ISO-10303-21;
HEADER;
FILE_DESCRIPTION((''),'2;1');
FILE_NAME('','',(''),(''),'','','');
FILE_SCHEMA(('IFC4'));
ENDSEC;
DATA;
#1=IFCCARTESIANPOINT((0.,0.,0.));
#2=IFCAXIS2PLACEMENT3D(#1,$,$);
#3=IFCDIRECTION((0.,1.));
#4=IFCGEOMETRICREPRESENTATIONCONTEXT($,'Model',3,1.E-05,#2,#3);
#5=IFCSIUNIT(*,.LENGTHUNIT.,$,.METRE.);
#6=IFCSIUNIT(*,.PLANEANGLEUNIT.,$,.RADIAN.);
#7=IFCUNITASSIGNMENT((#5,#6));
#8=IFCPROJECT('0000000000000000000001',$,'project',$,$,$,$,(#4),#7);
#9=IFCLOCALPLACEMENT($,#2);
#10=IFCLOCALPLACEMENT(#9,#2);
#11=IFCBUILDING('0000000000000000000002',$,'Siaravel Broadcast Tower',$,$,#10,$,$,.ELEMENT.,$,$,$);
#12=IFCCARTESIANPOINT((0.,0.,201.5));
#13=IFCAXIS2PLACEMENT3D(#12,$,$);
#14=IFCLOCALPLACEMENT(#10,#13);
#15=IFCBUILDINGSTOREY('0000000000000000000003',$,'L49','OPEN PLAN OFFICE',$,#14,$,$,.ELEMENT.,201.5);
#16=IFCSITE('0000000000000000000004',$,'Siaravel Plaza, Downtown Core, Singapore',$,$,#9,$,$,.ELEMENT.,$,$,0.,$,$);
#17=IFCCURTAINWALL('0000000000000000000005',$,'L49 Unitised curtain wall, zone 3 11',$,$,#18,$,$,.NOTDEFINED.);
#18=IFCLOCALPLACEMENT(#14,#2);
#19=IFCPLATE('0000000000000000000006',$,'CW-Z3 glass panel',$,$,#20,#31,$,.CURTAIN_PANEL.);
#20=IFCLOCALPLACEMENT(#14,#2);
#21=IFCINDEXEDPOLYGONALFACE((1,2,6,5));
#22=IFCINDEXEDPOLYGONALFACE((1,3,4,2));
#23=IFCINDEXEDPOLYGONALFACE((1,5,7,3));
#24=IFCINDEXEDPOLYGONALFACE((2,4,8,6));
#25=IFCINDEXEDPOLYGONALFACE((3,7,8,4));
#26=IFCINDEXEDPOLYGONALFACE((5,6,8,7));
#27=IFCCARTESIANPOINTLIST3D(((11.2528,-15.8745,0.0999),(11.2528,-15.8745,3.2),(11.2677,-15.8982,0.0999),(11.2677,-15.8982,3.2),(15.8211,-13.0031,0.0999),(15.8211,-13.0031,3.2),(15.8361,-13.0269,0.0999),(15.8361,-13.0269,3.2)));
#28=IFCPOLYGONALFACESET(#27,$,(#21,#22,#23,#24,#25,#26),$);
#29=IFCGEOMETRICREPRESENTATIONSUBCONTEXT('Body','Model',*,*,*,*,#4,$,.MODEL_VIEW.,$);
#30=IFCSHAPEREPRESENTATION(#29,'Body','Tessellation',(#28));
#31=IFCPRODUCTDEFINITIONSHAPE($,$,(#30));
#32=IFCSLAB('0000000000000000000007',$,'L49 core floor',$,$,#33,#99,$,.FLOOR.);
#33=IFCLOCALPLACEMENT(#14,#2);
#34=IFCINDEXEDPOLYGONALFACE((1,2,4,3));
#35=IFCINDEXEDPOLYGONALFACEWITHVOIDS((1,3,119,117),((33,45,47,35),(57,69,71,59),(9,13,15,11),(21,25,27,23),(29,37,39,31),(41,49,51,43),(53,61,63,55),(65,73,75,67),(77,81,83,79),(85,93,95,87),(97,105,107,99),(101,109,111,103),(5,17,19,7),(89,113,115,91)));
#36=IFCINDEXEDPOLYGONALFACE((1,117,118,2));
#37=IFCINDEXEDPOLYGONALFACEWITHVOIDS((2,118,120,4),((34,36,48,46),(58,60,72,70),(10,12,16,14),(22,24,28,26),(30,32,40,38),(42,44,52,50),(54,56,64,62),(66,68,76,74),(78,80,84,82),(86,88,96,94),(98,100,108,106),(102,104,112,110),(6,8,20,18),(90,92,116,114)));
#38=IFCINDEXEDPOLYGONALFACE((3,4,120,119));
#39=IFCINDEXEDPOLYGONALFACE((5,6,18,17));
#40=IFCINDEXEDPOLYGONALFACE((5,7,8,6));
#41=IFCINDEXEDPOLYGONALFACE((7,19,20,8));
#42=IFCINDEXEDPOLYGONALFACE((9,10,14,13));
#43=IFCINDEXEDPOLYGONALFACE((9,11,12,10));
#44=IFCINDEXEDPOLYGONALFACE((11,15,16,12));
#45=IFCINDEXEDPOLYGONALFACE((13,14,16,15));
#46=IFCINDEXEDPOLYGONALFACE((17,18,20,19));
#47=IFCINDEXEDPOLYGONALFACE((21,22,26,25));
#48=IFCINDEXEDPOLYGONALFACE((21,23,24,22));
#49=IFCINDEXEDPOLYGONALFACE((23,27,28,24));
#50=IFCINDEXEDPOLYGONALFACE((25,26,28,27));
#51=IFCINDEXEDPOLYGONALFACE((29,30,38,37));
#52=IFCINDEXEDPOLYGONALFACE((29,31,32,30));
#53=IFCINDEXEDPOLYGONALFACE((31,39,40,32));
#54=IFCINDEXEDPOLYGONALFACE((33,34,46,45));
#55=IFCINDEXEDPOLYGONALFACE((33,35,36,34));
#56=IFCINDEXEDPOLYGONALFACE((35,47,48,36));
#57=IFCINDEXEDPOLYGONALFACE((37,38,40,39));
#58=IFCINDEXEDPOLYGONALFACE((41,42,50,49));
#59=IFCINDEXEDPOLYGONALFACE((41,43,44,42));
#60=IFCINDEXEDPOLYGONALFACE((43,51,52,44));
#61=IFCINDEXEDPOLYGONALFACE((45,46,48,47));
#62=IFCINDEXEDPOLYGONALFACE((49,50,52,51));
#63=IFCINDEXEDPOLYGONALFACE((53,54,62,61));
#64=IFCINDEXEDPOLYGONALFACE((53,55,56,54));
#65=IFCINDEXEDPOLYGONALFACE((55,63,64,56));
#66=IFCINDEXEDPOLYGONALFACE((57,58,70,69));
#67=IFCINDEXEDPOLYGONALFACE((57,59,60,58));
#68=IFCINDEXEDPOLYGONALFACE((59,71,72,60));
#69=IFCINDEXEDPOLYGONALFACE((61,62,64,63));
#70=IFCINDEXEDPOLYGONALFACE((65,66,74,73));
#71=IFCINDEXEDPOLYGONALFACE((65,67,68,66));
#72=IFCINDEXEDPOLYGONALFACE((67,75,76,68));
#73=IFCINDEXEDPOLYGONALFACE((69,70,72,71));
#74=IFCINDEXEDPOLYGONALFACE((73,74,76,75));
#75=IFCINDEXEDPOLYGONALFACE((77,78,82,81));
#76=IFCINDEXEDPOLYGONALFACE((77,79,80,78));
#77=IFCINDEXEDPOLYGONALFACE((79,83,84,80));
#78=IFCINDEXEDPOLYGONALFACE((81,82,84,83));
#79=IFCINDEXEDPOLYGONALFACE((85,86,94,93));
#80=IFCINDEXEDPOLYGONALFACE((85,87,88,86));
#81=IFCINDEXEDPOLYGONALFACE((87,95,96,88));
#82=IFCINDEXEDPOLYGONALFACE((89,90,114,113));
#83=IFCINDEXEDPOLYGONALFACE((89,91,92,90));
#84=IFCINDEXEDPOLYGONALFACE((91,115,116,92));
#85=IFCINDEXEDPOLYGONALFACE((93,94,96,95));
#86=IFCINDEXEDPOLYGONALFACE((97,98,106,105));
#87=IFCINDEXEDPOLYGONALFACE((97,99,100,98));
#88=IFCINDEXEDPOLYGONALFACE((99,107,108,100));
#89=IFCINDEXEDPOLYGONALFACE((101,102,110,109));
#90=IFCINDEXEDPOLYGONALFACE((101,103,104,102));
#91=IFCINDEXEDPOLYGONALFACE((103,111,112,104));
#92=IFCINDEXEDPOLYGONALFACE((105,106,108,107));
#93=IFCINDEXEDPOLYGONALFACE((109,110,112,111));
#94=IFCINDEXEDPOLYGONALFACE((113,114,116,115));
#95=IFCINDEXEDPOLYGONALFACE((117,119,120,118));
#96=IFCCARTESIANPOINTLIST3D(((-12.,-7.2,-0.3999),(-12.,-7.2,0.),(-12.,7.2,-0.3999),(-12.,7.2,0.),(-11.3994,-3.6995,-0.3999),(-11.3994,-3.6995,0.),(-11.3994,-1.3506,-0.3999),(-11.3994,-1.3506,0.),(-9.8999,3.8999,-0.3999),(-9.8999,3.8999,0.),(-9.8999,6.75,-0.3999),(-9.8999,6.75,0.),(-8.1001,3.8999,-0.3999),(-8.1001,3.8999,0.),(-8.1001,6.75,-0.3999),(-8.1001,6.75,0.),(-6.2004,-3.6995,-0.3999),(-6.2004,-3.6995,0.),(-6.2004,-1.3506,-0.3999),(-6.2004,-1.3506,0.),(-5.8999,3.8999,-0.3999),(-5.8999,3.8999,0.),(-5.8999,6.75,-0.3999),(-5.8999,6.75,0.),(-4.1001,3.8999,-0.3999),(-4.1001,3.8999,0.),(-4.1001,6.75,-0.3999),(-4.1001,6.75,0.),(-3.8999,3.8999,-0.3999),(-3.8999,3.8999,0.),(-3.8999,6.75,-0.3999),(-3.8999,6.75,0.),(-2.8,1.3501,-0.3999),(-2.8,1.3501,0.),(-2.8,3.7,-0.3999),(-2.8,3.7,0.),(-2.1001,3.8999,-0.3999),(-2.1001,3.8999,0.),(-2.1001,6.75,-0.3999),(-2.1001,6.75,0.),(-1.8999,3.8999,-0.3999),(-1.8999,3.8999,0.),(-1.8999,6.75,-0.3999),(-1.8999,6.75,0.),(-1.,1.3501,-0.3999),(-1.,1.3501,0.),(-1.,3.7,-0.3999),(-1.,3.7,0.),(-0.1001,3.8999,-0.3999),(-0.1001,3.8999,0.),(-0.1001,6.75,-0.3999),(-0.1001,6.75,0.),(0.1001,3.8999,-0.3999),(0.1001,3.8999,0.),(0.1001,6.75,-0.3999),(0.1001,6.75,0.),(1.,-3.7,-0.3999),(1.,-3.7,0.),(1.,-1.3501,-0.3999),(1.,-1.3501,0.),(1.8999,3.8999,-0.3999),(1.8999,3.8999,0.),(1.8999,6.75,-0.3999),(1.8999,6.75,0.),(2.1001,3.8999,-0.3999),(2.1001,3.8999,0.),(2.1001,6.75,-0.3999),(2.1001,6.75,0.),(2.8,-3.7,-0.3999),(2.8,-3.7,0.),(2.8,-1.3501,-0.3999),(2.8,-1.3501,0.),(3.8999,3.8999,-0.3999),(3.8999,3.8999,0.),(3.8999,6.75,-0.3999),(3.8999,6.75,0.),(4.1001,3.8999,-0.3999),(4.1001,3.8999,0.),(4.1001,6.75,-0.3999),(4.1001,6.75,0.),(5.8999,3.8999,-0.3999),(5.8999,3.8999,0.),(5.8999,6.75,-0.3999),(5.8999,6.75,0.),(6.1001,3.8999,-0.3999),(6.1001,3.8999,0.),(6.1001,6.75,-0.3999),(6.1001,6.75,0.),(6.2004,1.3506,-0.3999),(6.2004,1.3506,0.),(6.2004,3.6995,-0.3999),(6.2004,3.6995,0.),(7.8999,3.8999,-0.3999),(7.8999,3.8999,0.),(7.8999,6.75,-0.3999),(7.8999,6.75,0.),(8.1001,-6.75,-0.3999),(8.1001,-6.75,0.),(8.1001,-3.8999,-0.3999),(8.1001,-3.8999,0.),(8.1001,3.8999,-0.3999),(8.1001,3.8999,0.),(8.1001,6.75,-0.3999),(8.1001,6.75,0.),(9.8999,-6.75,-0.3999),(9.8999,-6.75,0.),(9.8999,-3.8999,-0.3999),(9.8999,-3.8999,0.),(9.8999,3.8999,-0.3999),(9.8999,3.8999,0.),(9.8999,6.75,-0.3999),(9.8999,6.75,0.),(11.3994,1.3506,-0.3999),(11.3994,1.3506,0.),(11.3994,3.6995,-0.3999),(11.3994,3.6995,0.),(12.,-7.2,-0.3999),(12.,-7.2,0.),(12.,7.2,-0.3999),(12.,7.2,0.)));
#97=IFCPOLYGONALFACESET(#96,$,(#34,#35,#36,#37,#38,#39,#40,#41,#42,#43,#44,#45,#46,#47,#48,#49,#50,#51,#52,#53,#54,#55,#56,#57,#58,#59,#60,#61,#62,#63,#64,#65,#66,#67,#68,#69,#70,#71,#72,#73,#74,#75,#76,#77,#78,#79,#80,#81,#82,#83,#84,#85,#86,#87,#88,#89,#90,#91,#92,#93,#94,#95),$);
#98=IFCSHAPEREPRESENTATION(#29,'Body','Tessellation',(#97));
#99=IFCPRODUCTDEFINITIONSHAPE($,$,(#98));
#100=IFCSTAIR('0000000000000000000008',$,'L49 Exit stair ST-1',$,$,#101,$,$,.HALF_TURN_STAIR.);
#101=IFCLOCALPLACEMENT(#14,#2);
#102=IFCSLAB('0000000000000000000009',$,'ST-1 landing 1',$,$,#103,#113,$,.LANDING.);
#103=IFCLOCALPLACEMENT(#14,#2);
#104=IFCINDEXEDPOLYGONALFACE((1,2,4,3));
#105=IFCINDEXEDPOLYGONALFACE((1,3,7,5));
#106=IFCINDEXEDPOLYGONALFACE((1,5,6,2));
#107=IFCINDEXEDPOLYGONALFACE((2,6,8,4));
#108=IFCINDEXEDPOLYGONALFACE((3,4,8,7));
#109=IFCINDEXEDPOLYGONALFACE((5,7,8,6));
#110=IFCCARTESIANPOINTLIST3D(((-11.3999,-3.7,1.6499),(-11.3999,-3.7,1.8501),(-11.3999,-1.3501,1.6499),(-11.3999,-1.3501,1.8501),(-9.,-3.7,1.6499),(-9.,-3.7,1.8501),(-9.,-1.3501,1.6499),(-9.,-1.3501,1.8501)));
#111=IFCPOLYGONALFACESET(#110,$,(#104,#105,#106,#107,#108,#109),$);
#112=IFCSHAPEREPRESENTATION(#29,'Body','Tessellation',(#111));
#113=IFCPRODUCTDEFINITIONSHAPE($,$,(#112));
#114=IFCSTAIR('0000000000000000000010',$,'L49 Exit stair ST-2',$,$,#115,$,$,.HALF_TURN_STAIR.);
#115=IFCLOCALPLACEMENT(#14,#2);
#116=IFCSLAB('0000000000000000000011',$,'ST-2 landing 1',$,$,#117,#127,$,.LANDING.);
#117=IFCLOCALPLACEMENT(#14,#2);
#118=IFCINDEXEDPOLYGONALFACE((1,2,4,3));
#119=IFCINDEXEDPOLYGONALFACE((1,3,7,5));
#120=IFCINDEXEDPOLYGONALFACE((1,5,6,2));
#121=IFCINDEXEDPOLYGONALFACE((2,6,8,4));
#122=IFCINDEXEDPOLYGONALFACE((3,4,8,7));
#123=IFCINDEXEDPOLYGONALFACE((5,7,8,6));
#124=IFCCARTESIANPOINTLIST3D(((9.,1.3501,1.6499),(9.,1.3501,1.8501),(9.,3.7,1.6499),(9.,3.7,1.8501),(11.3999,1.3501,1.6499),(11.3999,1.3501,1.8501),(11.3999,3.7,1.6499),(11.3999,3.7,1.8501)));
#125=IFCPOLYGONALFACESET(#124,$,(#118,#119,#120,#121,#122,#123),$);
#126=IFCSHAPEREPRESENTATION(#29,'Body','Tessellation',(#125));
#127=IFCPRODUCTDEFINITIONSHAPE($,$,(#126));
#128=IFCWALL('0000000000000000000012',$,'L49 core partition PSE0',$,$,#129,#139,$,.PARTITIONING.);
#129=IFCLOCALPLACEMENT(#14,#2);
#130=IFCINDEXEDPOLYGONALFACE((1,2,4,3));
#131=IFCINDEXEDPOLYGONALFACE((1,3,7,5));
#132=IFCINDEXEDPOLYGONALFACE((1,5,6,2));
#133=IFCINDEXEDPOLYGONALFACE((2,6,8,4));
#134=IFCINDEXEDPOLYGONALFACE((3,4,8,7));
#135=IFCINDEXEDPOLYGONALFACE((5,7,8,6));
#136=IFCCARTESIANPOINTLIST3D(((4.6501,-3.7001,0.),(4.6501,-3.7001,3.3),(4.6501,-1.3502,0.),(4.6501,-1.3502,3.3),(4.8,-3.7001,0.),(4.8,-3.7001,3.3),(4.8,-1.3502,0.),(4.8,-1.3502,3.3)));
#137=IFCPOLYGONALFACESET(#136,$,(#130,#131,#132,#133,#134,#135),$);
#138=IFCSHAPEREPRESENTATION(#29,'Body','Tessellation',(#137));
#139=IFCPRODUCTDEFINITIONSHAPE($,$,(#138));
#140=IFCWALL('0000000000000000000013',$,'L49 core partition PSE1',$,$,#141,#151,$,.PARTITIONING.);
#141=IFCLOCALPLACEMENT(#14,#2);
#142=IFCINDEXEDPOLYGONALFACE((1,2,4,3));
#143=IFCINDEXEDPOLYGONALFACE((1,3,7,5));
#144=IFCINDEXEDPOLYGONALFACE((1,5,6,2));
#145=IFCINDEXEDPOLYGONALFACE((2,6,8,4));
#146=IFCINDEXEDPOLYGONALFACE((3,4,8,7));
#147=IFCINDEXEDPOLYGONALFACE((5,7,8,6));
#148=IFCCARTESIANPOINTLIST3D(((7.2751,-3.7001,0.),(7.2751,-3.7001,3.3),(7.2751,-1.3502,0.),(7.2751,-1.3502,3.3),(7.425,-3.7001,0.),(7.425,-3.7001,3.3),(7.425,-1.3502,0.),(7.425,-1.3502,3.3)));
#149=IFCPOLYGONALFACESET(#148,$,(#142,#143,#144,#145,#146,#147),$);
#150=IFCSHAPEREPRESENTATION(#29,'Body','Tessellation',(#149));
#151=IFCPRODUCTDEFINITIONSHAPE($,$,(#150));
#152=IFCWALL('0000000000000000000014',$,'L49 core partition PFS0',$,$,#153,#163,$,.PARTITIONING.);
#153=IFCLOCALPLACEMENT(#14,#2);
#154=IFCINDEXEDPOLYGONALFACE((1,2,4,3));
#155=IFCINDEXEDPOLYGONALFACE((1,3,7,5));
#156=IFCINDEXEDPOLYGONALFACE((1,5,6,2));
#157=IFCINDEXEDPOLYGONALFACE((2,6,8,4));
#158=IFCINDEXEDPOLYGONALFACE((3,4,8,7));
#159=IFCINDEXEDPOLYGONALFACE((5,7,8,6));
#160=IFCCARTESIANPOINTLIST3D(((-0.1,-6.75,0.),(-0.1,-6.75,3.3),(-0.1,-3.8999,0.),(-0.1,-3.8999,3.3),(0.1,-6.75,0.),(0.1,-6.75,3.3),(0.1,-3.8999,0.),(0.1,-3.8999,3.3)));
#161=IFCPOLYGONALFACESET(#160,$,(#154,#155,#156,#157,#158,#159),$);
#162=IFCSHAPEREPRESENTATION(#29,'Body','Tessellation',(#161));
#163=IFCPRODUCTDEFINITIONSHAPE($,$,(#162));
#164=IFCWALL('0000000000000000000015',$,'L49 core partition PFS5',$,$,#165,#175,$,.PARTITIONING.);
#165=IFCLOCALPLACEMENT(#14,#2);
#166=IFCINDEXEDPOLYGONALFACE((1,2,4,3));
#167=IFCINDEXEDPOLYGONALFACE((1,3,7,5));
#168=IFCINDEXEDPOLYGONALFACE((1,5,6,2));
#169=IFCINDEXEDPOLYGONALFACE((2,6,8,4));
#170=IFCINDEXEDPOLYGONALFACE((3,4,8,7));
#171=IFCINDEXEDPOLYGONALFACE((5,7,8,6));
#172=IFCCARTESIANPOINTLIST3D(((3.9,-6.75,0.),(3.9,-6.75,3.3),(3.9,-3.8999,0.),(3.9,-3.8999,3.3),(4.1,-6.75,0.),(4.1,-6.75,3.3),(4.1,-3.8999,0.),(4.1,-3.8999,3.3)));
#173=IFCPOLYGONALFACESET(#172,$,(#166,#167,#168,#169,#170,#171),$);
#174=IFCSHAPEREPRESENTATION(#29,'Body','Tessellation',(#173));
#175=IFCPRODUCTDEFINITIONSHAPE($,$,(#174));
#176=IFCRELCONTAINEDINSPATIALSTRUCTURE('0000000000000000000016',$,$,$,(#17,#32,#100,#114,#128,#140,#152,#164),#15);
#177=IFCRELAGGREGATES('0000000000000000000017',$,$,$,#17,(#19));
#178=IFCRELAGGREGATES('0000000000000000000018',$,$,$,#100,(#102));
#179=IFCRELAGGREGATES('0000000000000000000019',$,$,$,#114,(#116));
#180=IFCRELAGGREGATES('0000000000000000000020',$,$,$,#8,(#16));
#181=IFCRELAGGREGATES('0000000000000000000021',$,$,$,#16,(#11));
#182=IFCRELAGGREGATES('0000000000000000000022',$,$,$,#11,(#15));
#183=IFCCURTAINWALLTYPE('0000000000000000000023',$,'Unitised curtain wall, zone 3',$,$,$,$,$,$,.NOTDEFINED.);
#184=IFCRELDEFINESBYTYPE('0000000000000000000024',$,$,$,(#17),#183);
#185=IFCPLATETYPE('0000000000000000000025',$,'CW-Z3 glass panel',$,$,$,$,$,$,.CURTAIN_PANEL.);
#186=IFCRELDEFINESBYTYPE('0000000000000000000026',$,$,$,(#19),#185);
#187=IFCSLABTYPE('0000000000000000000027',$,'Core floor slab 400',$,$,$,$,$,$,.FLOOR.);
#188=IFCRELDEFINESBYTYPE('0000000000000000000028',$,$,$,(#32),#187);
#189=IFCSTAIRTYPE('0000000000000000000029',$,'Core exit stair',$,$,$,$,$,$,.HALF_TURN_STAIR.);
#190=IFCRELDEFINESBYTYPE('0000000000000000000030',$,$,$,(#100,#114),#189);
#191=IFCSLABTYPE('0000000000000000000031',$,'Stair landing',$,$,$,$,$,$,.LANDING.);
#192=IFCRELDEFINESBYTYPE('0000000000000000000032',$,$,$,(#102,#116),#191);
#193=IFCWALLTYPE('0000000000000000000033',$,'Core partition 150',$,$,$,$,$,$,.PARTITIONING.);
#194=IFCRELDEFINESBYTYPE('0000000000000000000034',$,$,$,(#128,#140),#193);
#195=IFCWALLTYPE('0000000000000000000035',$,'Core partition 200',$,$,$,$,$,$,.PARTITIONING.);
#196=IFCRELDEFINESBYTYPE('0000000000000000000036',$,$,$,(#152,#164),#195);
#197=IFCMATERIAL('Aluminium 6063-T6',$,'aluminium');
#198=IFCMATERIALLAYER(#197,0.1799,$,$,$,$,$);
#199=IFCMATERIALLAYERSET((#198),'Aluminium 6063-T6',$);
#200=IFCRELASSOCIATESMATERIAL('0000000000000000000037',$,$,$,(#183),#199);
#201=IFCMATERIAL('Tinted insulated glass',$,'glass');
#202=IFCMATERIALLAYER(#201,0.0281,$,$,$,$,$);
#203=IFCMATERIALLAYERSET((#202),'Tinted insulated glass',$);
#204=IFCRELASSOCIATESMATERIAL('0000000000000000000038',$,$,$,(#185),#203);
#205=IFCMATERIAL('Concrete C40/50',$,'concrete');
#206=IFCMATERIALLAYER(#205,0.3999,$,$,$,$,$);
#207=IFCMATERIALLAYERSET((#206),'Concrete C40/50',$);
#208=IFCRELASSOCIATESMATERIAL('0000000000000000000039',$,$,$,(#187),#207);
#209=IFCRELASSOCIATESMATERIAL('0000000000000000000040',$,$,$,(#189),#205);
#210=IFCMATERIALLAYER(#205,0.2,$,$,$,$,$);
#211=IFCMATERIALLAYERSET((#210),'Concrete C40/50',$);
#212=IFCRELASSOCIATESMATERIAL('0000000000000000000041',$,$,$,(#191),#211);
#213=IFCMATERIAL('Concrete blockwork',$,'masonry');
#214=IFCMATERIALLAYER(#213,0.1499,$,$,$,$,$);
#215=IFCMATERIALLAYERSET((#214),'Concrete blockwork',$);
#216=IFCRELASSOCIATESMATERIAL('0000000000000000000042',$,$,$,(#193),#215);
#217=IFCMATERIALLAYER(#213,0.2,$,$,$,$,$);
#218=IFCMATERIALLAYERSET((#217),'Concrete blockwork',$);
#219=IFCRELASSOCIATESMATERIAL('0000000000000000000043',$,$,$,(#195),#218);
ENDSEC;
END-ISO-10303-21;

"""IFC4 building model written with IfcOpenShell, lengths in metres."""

from ifc_helpers import new_model, si_unit, direction, frame, frame_2d, origin, origin_2d, place, context, subcontext, project, spatial, polyline, rectangle, outline, extrude, material, layer, layer_set, type_object, element, aggregate, save


model = new_model("IFC4")

# Units and contexts
model_context = context("Model", 3, precision=1e-05, world=origin(), true_north=direction((0.0, 1.0)))
body_context = subcontext(model_context, "Body", "Model", "MODEL_VIEW")
ifc_project = project(units=[si_unit("LENGTHUNIT", "METRE"), si_unit("PLANEANGLEUNIT", "RADIAN")], contexts=[model_context])

# Site, building, storey
site_placement = place(None, origin())
site = spatial("IfcSite", under=ifc_project, at=site_placement, Name="Siaravel Plaza, Downtown Core, Singapore", CompositionType="ELEMENT", RefElevation=0.0)
building_placement = place(site_placement, origin())
building = spatial("IfcBuilding", under=site, at=building_placement, Name="Siaravel Broadcast Tower", CompositionType="ELEMENT")
storey_placement = place(building_placement, frame((0.0, 0.0, 201.5)))
storey = spatial("IfcBuildingStorey", under=building, at=storey_placement, Name="L49", Description="OPEN PLAN OFFICE", CompositionType="ELEMENT", Elevation=201.5)

# Shared definitions
ifc_material_1 = material(Name="Aluminium 6063-T6", Category="aluminium")
ifc_layer_1 = layer(ifc_material_1, 0.1799)
ifc_layer_set_1 = layer_set([ifc_layer_1], Name="Aluminium 6063-T6")
curtain_wall_type = type_object("IfcCurtainWallType", Name="Unitised curtain wall, zone 3", PredefinedType="NOTDEFINED", material=ifc_layer_set_1)

# Curtain wall, plate
curtain_wall_1_placement = place(storey_placement, origin())
curtain_wall_1 = element("IfcCurtainWall", 1, at=curtain_wall_1_placement, inside=storey, type_object=curtain_wall_type, Name="L49 Unitised curtain wall, zone 3 11", PredefinedType="NOTDEFINED")
ifc_material_2 = material(Name="Tinted insulated glass", Category="glass")
ifc_layer_2 = layer(ifc_material_2, 0.0281)
ifc_layer_set_2 = layer_set([ifc_layer_2], Name="Tinted insulated glass")
plate_type = type_object("IfcPlateType", Name="CW-Z3 glass panel", PredefinedType="CURTAIN_PANEL", material=ifc_layer_set_2)
plate_placement = place(storey_placement, frame((13.5444, -14.4507, 0.0999), z_axis=(0.0, 0.0, 1.0), x_axis=(0.846649, 0.532151, 0.0)))
plate = element("IfcPlate", 2, at=plate_placement, type_object=plate_type, Name="CW-Z3 glass panel", PredefinedType="CURTAIN_PANEL", context=body_context, shape_type="SweptSolid", body=[
    extrude(rectangle(XDim=5.3958, YDim=0.0281, at=origin_2d()), origin(), (0.0, 0.0, 1.0), 3.1001),
])
aggregate(curtain_wall_1, [plate])

# Slab
ifc_material_3 = material(Name="Concrete C40/50", Category="concrete")
ifc_layer_3 = layer(ifc_material_3, 0.3999)
ifc_layer_set_3 = layer_set([ifc_layer_3], Name="Concrete C40/50")
slab_type_1 = type_object("IfcSlabType", Name="Core floor slab 400", PredefinedType="FLOOR", material=ifc_layer_set_3)
slab_1_placement = place(storey_placement, frame((0.0, 0.0, -0.3999)))
element("IfcSlab", 3, at=slab_1_placement, inside=storey, type_object=slab_type_1, Name="L49 core floor", PredefinedType="FLOOR", context=body_context, shape_type="SweptSolid", body=[
    extrude(outline(polyline([(-12.0, -7.2), (-12.0, 7.2), (12.0, 7.2), (12.0, -7.2), (-12.0, -7.2)]), holes=[polyline([(11.3994, 1.3506), (11.3994, 3.6995), (6.2004, 3.6995), (6.2004, 1.3506), (11.3994, 1.3506)]), polyline([(8.1001, -3.8999), (8.1001, -6.75), (9.8999, -6.75), (9.8999, -3.8999), (8.1001, -3.8999)]), polyline([(9.8999, 6.75), (8.1001, 6.75), (8.1001, 3.8999), (9.8999, 3.8999), (9.8999, 6.75)]), polyline([(7.8999, 6.75), (6.1001, 6.75), (6.1001, 3.8999), (7.8999, 3.8999), (7.8999, 6.75)]), polyline([(5.8999, 6.75), (4.1001, 6.75), (4.1001, 3.8999), (5.8999, 3.8999), (5.8999, 6.75)]), polyline([(3.8999, 6.75), (2.1001, 6.75), (2.1001, 3.8999), (3.8999, 3.8999), (3.8999, 6.75)]), polyline([(2.8, -1.3501), (1.0, -1.3501), (1.0, -3.7), (2.8, -3.7), (2.8, -1.3501)]), polyline([(1.8999, 6.75), (0.1001, 6.75), (0.1001, 3.8999), (1.8999, 3.8999), (1.8999, 6.75)]), polyline([(-0.1001, 6.75), (-1.8999, 6.75), (-1.8999, 3.8999), (-0.1001, 3.8999), (-0.1001, 6.75)]), polyline([(-1.0, 3.7), (-2.8, 3.7), (-2.8, 1.3501), (-1.0, 1.3501), (-1.0, 3.7)]), polyline([(-2.1001, 6.75), (-3.8999, 6.75), (-3.8999, 3.8999), (-2.1001, 3.8999), (-2.1001, 6.75)]), polyline([(-4.1001, 6.75), (-5.8999, 6.75), (-5.8999, 3.8999), (-4.1001, 3.8999), (-4.1001, 6.75)]), polyline([(-11.3994, -3.6995), (-6.2004, -3.6995), (-6.2004, -1.3506), (-11.3994, -1.3506), (-11.3994, -3.6995)]), polyline([(-8.1001, 6.75), (-9.8999, 6.75), (-9.8999, 3.8999), (-8.1001, 3.8999), (-8.1001, 6.75)])]), origin(), (0.0, 0.0, 1.0), 0.3999),
])

# Stairs, slabs
stair_type = type_object("IfcStairType", Name="Core exit stair", PredefinedType="HALF_TURN_STAIR", material=ifc_material_3)
stair_1_placement = place(storey_placement, origin())
stair_1 = element("IfcStair", 4, at=stair_1_placement, inside=storey, type_object=stair_type, Name="L49 Exit stair ST-1", PredefinedType="HALF_TURN_STAIR")
ifc_layer_4 = layer(ifc_material_3, 0.2)
ifc_layer_set_4 = layer_set([ifc_layer_4], Name="Concrete C40/50")
slab_type_2 = type_object("IfcSlabType", Name="Stair landing", PredefinedType="LANDING", material=ifc_layer_set_4)
slab_2_placement = place(storey_placement, frame((0.0, 0.0, 1.6499)))
slab_2 = element("IfcSlab", 5, at=slab_2_placement, type_object=slab_type_2, Name="ST-1 landing 1", PredefinedType="LANDING", context=body_context, shape_type="SweptSolid", body=[
    extrude(outline(polyline([(-9.0, -1.3501), (-11.3999, -1.3501), (-11.3999, -3.7), (-9.0, -3.7), (-9.0, -1.3501)])), origin(), (0.0, 0.0, 1.0), 0.2002),
])
aggregate(stair_1, [slab_2])
stair_2_placement = place(storey_placement, origin())
stair_2 = element("IfcStair", 6, at=stair_2_placement, inside=storey, type_object=stair_type, Name="L49 Exit stair ST-2", PredefinedType="HALF_TURN_STAIR")
slab_3_placement = place(storey_placement, frame((0.0, 0.0, 1.6499)))
slab_3 = element("IfcSlab", 7, at=slab_3_placement, type_object=slab_type_2, Name="ST-2 landing 1", PredefinedType="LANDING", context=body_context, shape_type="SweptSolid", body=[
    extrude(outline(polyline([(9.0, 1.3501), (11.3999, 1.3501), (11.3999, 3.7), (9.0, 3.7), (9.0, 1.3501)])), origin(), (0.0, 0.0, 1.0), 0.2002),
])
aggregate(stair_2, [slab_3])

# Walls
ifc_material_4 = material(Name="Concrete blockwork", Category="masonry")
ifc_layer_5 = layer(ifc_material_4, 0.1499)
ifc_layer_set_5 = layer_set([ifc_layer_5], Name="Concrete blockwork")
wall_type_1 = type_object("IfcWallType", Name="Core partition 150", PredefinedType="PARTITIONING", material=ifc_layer_set_5)
for number, where, z_axis, x_axis, name in (
    (8, (4.7251, -3.7, 0.0), (0.0, 0.0, 1.0), (0.0, 1.0, 0.0), "L49 core partition PSE0"),
    (9, (7.3501, -3.7, 0.0), (0.0, 0.0, 1.0), (0.0, 1.0, 0.0), "L49 core partition PSE1"),
):
    element("IfcWall", number, at=place(storey_placement, frame(where, z_axis=z_axis, x_axis=x_axis)), inside=storey, type_object=wall_type_1, Name=name, PredefinedType="PARTITIONING", context=body_context, shape_type="SweptSolid", body=[
        extrude(rectangle(XDim=2.3499, YDim=0.1499, at=frame_2d((1.1748, 0.0))), origin(), (0.0, 0.0, 1.0), 3.3),
    ])
ifc_layer_6 = layer(ifc_material_4, 0.2)
ifc_layer_set_6 = layer_set([ifc_layer_6], Name="Concrete blockwork")
wall_type_2 = type_object("IfcWallType", Name="Core partition 200", PredefinedType="PARTITIONING", material=ifc_layer_set_6)
for number, where, z_axis, x_axis, name in (
    (10, (0.0, -6.75, 0.0), (0.0, 0.0, 1.0), (0.0, 1.0, 0.0), "L49 core partition PFS0"),
    (11, (4.0, -6.75, 0.0), (0.0, 0.0, 1.0), (0.0, 1.0, 0.0), "L49 core partition PFS5"),
):
    element("IfcWall", number, at=place(storey_placement, frame(where, z_axis=z_axis, x_axis=x_axis)), inside=storey, type_object=wall_type_2, Name=name, PredefinedType="PARTITIONING", context=body_context, shape_type="SweptSolid", body=[
        extrude(rectangle(XDim=2.8501, YDim=0.2, at=frame_2d((1.425, 0.0))), origin(), (0.0, 0.0, 1.0), 3.3),
    ])

save(model, "model.ifc")
